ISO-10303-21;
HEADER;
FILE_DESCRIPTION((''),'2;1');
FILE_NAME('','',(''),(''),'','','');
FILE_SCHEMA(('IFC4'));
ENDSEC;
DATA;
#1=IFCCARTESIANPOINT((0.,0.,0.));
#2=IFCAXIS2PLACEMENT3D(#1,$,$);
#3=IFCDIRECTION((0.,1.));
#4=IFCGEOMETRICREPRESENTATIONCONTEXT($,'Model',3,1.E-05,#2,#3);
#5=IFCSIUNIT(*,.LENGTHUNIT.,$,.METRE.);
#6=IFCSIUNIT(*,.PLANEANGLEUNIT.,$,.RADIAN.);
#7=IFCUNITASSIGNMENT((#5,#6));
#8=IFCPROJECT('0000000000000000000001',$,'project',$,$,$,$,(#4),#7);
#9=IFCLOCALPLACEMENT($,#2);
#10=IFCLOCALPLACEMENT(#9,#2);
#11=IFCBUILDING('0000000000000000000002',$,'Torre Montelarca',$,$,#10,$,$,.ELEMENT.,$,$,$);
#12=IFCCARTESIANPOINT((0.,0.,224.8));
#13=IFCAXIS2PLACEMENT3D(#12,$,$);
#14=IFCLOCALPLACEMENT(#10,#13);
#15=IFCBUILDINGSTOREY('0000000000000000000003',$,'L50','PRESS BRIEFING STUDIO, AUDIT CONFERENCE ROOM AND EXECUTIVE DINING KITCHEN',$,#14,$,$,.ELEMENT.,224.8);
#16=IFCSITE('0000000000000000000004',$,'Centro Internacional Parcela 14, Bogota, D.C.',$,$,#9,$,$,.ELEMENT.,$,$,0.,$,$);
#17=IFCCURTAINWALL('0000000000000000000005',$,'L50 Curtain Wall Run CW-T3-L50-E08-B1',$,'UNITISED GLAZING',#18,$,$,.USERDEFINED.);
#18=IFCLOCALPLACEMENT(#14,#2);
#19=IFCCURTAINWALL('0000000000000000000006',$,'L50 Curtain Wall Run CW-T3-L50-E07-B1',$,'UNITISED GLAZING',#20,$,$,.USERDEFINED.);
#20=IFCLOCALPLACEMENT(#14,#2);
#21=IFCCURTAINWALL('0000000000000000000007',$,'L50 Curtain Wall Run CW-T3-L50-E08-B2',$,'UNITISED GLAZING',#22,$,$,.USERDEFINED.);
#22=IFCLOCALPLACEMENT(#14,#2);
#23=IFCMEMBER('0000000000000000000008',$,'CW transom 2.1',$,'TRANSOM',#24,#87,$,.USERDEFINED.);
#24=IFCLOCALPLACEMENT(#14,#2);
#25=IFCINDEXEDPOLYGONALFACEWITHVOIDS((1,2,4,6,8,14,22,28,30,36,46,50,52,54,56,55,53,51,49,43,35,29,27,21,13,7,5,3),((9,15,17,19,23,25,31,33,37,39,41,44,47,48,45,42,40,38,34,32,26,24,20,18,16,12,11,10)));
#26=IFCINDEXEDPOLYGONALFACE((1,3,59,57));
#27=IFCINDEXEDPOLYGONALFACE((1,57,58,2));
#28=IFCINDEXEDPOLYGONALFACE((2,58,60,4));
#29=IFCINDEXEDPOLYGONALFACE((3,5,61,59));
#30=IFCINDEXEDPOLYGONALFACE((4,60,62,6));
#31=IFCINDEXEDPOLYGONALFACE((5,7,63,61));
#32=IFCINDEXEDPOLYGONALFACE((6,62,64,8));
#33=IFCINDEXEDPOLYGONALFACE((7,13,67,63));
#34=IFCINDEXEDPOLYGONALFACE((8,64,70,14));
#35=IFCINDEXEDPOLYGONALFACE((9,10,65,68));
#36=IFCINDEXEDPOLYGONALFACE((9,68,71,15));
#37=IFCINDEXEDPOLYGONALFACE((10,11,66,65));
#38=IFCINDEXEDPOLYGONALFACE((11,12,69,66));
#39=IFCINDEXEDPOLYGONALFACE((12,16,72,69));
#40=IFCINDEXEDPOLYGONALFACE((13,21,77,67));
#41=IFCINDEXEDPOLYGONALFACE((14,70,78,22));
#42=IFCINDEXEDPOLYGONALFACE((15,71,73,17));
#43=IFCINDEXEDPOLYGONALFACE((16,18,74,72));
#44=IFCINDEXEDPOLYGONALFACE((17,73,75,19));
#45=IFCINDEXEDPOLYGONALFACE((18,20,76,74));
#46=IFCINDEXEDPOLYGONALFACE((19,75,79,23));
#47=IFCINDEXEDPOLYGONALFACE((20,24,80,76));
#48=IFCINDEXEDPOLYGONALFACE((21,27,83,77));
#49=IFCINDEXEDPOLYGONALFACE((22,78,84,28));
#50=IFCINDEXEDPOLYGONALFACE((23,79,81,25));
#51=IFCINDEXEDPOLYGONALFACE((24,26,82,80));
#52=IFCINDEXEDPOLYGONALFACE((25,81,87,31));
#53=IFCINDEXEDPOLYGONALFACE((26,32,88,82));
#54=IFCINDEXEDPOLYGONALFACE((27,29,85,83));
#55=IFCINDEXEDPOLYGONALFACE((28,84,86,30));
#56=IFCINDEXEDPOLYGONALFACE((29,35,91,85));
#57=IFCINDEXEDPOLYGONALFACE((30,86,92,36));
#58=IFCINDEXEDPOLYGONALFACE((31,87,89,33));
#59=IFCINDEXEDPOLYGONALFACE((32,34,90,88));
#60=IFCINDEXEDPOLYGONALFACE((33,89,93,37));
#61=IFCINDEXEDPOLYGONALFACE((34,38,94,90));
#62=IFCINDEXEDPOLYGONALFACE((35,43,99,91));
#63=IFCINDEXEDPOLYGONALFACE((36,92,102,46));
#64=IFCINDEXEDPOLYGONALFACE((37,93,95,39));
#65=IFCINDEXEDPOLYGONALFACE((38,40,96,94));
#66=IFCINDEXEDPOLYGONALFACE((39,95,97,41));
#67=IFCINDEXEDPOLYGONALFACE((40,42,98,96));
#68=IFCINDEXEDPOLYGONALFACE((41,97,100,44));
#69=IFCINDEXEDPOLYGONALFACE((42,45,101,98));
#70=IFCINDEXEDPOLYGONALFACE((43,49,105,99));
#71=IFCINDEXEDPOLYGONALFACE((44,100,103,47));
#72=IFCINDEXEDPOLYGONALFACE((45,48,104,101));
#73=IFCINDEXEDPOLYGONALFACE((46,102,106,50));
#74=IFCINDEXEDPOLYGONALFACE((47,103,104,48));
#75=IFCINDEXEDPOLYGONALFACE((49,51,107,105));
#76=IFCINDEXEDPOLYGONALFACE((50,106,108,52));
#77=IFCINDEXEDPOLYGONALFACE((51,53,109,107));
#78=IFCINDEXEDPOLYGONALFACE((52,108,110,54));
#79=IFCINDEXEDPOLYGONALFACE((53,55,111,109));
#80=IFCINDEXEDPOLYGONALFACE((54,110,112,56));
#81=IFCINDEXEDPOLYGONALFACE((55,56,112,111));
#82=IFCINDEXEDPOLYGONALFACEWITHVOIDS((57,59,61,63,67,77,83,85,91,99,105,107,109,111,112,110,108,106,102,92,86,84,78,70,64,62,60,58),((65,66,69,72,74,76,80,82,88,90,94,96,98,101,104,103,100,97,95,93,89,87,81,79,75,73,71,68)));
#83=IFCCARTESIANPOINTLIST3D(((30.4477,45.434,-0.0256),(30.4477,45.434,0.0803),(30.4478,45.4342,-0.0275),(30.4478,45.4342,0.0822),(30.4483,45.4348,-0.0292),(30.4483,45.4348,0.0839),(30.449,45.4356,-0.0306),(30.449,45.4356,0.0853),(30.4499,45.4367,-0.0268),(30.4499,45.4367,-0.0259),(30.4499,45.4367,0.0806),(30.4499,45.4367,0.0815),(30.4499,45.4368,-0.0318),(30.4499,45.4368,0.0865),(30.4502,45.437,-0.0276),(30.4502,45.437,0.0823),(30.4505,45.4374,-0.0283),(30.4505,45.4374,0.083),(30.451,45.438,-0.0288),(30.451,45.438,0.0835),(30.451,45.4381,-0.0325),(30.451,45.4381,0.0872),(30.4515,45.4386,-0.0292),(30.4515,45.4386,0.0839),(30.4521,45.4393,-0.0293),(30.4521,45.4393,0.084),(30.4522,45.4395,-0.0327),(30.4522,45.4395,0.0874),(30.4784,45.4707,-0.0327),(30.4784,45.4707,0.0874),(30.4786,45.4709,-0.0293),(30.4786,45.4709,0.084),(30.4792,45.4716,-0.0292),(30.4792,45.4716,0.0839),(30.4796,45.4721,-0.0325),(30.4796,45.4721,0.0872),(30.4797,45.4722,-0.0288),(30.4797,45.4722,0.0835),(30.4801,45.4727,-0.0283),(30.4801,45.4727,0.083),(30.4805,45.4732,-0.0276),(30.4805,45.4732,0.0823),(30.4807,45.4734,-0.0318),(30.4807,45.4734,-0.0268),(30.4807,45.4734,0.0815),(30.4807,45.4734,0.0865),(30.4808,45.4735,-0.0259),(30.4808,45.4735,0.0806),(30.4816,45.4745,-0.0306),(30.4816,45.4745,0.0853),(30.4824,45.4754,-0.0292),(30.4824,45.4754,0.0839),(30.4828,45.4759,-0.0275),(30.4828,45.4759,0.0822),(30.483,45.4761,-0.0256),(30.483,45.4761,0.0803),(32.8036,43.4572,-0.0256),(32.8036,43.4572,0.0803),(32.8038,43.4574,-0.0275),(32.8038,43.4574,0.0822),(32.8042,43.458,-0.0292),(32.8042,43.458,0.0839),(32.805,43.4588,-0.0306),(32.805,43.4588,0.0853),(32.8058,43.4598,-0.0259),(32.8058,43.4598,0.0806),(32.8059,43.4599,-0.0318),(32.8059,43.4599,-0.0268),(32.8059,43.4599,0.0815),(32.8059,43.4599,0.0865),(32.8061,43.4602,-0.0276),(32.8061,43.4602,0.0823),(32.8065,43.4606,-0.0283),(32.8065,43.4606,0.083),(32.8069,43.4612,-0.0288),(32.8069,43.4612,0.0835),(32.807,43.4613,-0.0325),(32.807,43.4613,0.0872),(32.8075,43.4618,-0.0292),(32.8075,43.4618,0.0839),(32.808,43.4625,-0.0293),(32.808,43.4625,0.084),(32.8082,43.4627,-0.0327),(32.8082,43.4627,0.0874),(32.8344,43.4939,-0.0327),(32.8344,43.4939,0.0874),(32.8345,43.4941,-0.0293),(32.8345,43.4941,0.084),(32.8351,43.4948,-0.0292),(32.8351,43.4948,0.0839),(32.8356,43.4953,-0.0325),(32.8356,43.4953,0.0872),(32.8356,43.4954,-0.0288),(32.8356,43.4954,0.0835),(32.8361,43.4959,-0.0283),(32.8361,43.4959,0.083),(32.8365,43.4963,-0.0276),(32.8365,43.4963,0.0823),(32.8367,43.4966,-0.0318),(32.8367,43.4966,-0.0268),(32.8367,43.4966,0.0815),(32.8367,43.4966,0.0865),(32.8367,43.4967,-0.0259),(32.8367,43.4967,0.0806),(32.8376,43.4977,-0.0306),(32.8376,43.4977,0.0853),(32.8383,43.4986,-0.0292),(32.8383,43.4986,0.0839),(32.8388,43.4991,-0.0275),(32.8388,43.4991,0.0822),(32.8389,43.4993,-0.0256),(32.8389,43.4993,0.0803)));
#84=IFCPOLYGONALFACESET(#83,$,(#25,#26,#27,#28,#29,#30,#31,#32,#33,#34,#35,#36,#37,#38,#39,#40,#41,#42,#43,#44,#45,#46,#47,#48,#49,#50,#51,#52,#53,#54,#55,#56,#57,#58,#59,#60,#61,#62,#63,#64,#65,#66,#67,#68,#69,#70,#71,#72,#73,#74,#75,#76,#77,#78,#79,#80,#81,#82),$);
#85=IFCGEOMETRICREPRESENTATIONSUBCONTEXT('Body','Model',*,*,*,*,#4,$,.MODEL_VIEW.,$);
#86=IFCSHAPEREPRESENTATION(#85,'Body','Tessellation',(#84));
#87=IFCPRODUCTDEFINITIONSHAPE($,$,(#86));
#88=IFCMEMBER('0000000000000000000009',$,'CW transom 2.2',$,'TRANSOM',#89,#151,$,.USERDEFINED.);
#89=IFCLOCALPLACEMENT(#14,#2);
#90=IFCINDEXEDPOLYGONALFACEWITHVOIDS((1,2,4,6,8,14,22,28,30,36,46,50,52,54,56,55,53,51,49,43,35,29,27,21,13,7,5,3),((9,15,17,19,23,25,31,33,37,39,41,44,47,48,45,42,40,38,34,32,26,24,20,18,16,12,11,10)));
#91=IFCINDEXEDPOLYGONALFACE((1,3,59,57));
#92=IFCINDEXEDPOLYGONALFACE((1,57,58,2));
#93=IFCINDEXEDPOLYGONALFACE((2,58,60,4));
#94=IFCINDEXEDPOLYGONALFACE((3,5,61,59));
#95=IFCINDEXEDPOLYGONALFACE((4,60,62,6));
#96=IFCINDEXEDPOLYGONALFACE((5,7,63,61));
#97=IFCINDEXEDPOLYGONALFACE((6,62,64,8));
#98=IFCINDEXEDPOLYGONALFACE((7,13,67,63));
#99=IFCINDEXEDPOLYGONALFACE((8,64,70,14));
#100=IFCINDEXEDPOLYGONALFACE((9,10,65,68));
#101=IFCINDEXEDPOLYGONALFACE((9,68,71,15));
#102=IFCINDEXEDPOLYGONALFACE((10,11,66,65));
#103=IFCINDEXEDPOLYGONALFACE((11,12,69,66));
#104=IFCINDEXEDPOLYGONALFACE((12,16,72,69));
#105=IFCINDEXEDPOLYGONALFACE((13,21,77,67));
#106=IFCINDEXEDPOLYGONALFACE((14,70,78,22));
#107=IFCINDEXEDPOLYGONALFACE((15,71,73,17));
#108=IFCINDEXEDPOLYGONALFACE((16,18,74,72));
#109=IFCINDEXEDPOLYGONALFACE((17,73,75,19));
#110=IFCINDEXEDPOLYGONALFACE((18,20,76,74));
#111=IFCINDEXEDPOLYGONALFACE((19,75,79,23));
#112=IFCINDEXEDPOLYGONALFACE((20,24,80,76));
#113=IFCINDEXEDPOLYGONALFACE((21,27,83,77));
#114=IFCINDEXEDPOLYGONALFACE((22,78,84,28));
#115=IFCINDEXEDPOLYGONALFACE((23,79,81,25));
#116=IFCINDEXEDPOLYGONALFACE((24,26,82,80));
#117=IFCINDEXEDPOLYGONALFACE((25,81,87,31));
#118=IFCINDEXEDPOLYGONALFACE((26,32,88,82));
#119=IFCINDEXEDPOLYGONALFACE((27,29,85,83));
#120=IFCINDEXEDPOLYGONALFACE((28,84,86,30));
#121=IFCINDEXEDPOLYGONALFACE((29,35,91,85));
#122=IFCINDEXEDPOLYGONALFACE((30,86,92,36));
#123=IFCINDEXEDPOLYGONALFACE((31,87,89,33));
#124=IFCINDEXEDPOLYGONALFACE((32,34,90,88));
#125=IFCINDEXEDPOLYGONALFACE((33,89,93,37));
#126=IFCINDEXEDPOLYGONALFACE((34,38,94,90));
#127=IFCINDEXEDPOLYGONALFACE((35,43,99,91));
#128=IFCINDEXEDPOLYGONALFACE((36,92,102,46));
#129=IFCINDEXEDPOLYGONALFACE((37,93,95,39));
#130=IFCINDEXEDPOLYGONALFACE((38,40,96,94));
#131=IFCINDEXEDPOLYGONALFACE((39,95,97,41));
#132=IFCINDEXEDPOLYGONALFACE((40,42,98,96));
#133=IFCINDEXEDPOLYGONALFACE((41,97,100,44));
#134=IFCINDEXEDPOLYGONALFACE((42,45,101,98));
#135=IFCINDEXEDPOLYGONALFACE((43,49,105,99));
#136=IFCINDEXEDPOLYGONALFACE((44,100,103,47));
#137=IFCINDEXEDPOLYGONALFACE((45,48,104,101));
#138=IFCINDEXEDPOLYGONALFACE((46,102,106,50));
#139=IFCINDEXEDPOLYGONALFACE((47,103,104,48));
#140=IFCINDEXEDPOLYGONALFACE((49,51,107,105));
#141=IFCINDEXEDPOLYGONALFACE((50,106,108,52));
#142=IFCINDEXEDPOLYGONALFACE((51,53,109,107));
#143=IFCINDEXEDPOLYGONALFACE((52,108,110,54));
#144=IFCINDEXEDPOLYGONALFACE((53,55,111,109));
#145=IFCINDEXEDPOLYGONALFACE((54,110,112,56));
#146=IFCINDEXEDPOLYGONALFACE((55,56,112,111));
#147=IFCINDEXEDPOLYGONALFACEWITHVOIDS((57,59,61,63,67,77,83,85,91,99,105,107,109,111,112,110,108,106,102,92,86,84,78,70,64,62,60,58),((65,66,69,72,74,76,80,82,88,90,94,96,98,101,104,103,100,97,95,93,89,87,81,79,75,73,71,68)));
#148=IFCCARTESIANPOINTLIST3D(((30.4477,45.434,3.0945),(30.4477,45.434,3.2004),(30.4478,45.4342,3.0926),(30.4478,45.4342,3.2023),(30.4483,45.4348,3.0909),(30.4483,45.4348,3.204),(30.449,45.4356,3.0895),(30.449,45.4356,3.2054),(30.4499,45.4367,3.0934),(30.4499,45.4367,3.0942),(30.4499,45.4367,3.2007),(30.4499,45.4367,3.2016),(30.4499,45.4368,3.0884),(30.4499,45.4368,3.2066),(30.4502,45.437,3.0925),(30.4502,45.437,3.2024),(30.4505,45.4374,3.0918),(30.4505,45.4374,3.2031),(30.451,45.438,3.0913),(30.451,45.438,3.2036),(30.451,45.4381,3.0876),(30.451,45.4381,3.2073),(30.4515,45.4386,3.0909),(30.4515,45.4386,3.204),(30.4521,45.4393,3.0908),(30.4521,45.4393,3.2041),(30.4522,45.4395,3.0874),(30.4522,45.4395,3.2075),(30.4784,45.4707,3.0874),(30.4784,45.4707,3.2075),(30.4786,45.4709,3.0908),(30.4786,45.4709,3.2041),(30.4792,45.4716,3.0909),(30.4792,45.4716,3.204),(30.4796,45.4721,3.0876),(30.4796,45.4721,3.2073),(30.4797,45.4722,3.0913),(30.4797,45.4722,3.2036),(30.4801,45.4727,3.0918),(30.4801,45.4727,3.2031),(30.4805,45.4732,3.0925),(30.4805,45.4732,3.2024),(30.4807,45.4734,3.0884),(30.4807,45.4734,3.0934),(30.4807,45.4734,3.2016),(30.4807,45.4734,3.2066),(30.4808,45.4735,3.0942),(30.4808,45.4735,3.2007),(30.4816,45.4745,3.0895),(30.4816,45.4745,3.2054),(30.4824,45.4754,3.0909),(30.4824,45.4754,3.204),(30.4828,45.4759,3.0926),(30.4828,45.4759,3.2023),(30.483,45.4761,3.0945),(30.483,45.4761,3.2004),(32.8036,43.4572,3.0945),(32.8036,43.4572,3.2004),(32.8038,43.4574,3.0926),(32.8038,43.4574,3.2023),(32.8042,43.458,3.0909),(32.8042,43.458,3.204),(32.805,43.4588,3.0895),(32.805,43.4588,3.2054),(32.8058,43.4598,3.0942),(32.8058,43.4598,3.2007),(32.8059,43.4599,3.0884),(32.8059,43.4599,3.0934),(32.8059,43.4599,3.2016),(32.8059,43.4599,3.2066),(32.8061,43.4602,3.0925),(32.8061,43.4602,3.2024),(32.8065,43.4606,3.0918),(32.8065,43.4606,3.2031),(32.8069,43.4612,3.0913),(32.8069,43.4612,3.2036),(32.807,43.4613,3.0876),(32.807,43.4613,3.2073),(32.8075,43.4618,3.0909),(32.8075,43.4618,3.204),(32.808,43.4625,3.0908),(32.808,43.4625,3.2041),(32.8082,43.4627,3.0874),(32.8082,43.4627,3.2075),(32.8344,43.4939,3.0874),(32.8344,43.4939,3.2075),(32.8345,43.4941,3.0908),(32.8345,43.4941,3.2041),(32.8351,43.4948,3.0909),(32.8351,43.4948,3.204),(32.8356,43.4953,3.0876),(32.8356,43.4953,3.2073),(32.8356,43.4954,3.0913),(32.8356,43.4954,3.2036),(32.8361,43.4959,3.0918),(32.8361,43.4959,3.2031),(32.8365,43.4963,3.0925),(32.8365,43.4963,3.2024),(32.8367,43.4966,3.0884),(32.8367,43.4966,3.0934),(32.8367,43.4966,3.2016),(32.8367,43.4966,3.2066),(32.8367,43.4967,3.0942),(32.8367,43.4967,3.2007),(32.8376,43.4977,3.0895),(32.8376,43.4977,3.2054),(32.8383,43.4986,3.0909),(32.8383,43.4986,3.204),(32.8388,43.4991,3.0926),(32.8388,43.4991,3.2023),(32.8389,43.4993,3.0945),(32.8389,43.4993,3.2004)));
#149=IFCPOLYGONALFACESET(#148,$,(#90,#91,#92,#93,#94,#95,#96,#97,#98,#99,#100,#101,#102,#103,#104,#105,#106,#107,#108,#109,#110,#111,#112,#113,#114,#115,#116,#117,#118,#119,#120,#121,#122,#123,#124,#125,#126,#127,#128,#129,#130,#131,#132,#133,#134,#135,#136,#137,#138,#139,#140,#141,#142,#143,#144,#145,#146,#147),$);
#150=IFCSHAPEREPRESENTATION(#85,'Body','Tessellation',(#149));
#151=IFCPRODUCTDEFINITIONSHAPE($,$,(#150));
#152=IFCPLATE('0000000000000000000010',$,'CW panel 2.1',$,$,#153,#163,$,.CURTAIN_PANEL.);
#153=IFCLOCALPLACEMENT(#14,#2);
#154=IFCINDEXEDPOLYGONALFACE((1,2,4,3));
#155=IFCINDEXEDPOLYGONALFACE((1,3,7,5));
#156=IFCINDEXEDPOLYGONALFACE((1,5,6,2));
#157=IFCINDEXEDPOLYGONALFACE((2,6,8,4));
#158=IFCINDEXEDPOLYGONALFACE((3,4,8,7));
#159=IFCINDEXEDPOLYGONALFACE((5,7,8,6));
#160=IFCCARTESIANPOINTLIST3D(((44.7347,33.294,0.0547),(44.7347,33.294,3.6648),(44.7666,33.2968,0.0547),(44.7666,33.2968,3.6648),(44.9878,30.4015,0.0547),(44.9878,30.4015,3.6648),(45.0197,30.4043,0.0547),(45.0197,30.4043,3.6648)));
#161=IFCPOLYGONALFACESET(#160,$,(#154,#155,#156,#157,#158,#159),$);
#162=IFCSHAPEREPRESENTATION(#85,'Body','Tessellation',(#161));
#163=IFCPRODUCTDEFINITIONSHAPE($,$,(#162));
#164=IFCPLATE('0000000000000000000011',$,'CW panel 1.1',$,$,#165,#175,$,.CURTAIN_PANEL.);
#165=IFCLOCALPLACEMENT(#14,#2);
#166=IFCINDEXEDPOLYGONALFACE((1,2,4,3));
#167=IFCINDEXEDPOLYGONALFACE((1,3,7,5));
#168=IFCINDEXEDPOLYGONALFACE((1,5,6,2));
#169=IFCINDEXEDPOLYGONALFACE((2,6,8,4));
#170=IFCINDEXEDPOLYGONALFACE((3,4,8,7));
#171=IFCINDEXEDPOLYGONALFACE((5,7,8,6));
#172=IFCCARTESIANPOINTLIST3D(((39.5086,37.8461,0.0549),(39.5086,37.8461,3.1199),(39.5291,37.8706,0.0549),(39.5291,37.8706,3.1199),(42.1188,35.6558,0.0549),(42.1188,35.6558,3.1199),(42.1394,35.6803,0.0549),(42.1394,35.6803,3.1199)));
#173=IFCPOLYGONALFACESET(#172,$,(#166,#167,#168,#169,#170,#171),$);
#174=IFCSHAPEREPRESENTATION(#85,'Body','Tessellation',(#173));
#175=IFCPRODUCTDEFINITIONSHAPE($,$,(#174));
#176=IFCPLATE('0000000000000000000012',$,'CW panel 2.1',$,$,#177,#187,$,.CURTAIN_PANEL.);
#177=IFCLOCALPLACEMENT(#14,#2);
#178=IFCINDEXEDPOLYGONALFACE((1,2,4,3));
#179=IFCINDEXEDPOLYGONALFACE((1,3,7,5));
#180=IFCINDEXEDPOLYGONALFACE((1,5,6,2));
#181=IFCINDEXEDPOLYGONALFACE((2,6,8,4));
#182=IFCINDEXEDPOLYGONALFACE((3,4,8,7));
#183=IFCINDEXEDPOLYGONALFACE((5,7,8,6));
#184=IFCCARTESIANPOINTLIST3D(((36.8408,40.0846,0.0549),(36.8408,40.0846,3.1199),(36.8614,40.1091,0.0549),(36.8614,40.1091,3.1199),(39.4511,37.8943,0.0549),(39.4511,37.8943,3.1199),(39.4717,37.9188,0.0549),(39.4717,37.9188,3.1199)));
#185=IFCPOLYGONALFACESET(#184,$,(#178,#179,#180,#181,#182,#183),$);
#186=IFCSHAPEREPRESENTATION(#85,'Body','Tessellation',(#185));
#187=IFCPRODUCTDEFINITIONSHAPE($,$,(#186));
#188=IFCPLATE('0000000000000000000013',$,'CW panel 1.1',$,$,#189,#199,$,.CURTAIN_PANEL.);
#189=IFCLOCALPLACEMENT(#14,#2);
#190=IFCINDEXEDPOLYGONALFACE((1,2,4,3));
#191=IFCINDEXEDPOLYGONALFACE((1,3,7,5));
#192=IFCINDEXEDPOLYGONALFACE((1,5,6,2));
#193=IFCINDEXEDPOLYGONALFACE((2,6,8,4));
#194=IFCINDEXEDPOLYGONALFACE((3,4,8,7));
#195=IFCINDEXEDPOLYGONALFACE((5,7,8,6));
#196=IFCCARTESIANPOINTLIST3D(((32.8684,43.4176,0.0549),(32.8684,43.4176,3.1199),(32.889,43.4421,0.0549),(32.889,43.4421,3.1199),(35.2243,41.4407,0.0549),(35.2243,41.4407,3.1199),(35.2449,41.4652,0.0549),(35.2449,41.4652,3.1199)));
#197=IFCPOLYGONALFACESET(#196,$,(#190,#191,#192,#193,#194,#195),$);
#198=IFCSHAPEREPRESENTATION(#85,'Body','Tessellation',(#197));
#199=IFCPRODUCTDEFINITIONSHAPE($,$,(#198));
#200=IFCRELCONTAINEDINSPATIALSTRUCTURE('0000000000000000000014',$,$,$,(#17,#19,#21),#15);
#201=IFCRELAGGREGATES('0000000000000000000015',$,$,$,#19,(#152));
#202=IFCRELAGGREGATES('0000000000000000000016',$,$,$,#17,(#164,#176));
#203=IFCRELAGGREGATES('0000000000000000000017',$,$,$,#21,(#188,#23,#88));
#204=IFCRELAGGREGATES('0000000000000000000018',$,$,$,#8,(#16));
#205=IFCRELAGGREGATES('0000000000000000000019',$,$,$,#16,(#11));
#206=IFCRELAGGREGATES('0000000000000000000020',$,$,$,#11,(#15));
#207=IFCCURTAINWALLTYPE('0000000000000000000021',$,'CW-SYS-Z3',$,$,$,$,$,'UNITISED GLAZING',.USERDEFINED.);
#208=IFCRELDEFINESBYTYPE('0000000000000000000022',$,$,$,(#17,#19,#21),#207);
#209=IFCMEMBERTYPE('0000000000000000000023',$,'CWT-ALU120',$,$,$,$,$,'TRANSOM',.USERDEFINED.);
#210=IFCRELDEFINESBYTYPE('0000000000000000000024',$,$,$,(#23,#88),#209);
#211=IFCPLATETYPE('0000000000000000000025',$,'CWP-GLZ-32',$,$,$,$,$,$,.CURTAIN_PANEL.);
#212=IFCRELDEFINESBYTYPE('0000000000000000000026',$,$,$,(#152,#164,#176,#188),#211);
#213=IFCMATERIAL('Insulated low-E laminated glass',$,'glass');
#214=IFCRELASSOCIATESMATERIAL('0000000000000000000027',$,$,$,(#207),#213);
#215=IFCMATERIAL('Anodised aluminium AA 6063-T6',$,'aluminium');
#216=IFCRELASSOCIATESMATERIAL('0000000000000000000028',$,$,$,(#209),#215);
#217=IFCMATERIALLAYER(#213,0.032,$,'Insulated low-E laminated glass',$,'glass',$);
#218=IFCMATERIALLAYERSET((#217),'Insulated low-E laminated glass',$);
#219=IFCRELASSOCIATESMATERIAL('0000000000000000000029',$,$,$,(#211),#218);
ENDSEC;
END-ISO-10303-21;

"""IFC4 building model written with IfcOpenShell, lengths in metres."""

from ifc_helpers import new_model, si_unit, direction, frame, origin, origin_2d, place, context, subcontext, project, spatial, rectangle, hollow_rectangle, extrude, source, transform, mapped, material, layer, layer_set, material_profile, profile_set, type_object, element, aggregate, save


model = new_model("IFC4")

# Units and contexts
model_context = context("Model", 3, precision=1e-05, world=origin(), true_north=direction((0.0, 1.0)))
body_context = subcontext(model_context, "Body", "Model", "MODEL_VIEW")
ifc_project = project(units=[si_unit("LENGTHUNIT", "METRE"), si_unit("PLANEANGLEUNIT", "RADIAN")], contexts=[model_context])

# Site, building, storey
site_placement = place(None, origin())
site = spatial("IfcSite", under=ifc_project, at=site_placement, Name="Centro Internacional Parcela 14, Bogota, D.C.", CompositionType="ELEMENT", RefElevation=0.0)
building_placement = place(site_placement, origin())
building = spatial("IfcBuilding", under=site, at=building_placement, Name="Torre Montelarca", CompositionType="ELEMENT")
storey_placement = place(building_placement, frame((0.0, 0.0, 224.8)))
storey = spatial("IfcBuildingStorey", under=building, at=storey_placement, Name="L50", Description="PRESS BRIEFING STUDIO, AUDIT CONFERENCE ROOM AND EXECUTIVE DINING KITCHEN", CompositionType="ELEMENT", Elevation=224.8)

# Curtain walls
ifc_material_1 = material(Name="Insulated low-E laminated glass", Category="glass")
curtain_wall_type = type_object("IfcCurtainWallType", Name="CW-SYS-Z3", ElementType="UNITISED GLAZING", PredefinedType="USERDEFINED", material=ifc_material_1)
curtain_wall_1_placement = place(storey_placement, origin())
curtain_wall_1 = element("IfcCurtainWall", 1, at=curtain_wall_1_placement, inside=storey, type_object=curtain_wall_type, Name="L50 Curtain Wall Run CW-T3-L50-E08-B1", ObjectType="UNITISED GLAZING", PredefinedType="USERDEFINED")
ifc_material_2 = material(Name="Anodised aluminium AA 6063-T6", Category="aluminium")
ifc_material_profile_1 = material_profile(ifc_material_2, hollow_rectangle(XDim=0.0549, YDim=0.1201, WallThickness=0.0034, InnerFilletRadius=0.0034, OuterFilletRadius=0.0071, at=origin_2d()), Name="ALU55X120X3.5", Category="aluminium")
ifc_profile_set_1 = profile_set([ifc_material_profile_1], Name="Anodised aluminium AA 6063-T6")
member_type_1 = type_object("IfcMemberType", Name="CWT-ALU120", ElementType="TRANSOM", PredefinedType="USERDEFINED", material=ifc_profile_set_1)
curtain_wall_2_placement = place(storey_placement, origin())
curtain_wall_2 = element("IfcCurtainWall", 2, at=curtain_wall_2_placement, inside=storey, type_object=curtain_wall_type, Name="L50 Curtain Wall Run CW-T3-L50-E07-B1", ObjectType="UNITISED GLAZING", PredefinedType="USERDEFINED")

# Curtain wall, members
curtain_wall_3_placement = place(storey_placement, origin())
curtain_wall_3 = element("IfcCurtainWall", 3, at=curtain_wall_3_placement, inside=storey, type_object=curtain_wall_type, Name="L50 Curtain Wall Run CW-T3-L50-E08-B2", ObjectType="UNITISED GLAZING", PredefinedType="USERDEFINED")
shared_shape_1 = source(origin(), body_context, "Body", "SweptSolid", [
    extrude(hollow_rectangle(XDim=0.0549, YDim=0.1201, WallThickness=0.0034, InnerFilletRadius=0.0034, OuterFilletRadius=0.0071, at=origin_2d()), origin(), (0.0, 0.0, 1.0), 3.0754),
])
member_1_placement = place(storey_placement, frame((32.8213, 43.4783, 0.0273), z_axis=(-0.766057, 0.642773, 0.0), x_axis=(-0.642773, -0.766057, 0.0)))
member_1 = element("IfcMember", 4, at=member_1_placement, type_object=member_type_1, Name="CW transom 2.1", ObjectType="TRANSOM", PredefinedType="USERDEFINED", context=body_context, shape_type="MappedRepresentation", body=[
    mapped(shared_shape_1, transform((0.0, 0.0, 0.0), scale=1.0)),
])
member_2_placement = place(storey_placement, frame((32.8213, 43.4783, 3.1475), z_axis=(-0.766057, 0.642773, 0.0), x_axis=(-0.642773, -0.766057, 0.0)))
member_2 = element("IfcMember", 5, at=member_2_placement, type_object=member_type_1, Name="CW transom 2.2", ObjectType="TRANSOM", PredefinedType="USERDEFINED", context=body_context, shape_type="MappedRepresentation", body=[
    mapped(shared_shape_1, transform((0.0, 0.0, 0.0), scale=1.0)),
])

# Plates
ifc_layer_1 = layer(ifc_material_1, 0.032, Name="Insulated low-E laminated glass", Category="glass")
ifc_layer_set_1 = layer_set([ifc_layer_1], Name="Insulated low-E laminated glass")
plate_type = type_object("IfcPlateType", Name="CWP-GLZ-32", PredefinedType="CURTAIN_PANEL", material=ifc_layer_set_1)
shared_shape_2 = source(origin(), body_context, "Body", "SweptSolid", [
    extrude(rectangle(XDim=2.9036, YDim=0.032, at=origin_2d()), origin(), (0.0, 0.0, 1.0), 3.6101),
])
plate_1_placement = place(storey_placement, frame((44.8772, 31.8491, 0.0547), z_axis=(0.0, 0.0, 1.0), x_axis=(-0.087183, 0.996192, 0.0)))
plate_1 = element("IfcPlate", 6, at=plate_1_placement, type_object=plate_type, Name="CW panel 2.1", PredefinedType="CURTAIN_PANEL", context=body_context, shape_type="MappedRepresentation", body=[
    mapped(shared_shape_2, transform((0.0, 0.0, 0.0), scale=1.0)),
])
aggregate(curtain_wall_2, [plate_1])
shared_shape_3 = source(origin(), body_context, "Body", "SweptSolid", [
    extrude(rectangle(XDim=3.4075, YDim=0.032, at=origin_2d()), origin(), (0.0, 0.0, 1.0), 3.0649),
])
plate_2_placement = place(storey_placement, frame((40.824, 36.7632, 0.0549), z_axis=(0.0, 0.0, 1.0), x_axis=(-0.766043, 0.642789, 0.0)))
plate_2 = element("IfcPlate", 7, at=plate_2_placement, type_object=plate_type, Name="CW panel 1.1", PredefinedType="CURTAIN_PANEL", context=body_context, shape_type="MappedRepresentation", body=[
    mapped(shared_shape_3, transform((0.0, 0.0, 0.0), scale=1.0)),
])
plate_3_placement = place(storey_placement, frame((38.1562, 39.0017, 0.0549), z_axis=(0.0, 0.0, 1.0), x_axis=(-0.766043, 0.642789, 0.0)))
plate_3 = element("IfcPlate", 8, at=plate_3_placement, type_object=plate_type, Name="CW panel 2.1", PredefinedType="CURTAIN_PANEL", context=body_context, shape_type="MappedRepresentation", body=[
    mapped(shared_shape_3, transform((0.0, 0.0, 0.0), scale=1.0)),
])
aggregate(curtain_wall_1, [plate_2, plate_3])
shared_shape_4 = source(origin(), body_context, "Body", "SweptSolid", [
    extrude(rectangle(XDim=3.0754, YDim=0.032, at=origin_2d()), origin(), (0.0, 0.0, 1.0), 3.0649),
])
plate_4_placement = place(storey_placement, frame((34.0566, 42.4414, 0.0549), z_axis=(0.0, 0.0, 1.0), x_axis=(-0.766047, 0.642785, 0.0)))
plate_4 = element("IfcPlate", 9, at=plate_4_placement, type_object=plate_type, Name="CW panel 1.1", PredefinedType="CURTAIN_PANEL", context=body_context, shape_type="MappedRepresentation", body=[
    mapped(shared_shape_4, transform((0.0, 0.0, 0.0), scale=1.0)),
])
aggregate(curtain_wall_3, [plate_4, member_1, member_2])

save(model, "model.ifc")
